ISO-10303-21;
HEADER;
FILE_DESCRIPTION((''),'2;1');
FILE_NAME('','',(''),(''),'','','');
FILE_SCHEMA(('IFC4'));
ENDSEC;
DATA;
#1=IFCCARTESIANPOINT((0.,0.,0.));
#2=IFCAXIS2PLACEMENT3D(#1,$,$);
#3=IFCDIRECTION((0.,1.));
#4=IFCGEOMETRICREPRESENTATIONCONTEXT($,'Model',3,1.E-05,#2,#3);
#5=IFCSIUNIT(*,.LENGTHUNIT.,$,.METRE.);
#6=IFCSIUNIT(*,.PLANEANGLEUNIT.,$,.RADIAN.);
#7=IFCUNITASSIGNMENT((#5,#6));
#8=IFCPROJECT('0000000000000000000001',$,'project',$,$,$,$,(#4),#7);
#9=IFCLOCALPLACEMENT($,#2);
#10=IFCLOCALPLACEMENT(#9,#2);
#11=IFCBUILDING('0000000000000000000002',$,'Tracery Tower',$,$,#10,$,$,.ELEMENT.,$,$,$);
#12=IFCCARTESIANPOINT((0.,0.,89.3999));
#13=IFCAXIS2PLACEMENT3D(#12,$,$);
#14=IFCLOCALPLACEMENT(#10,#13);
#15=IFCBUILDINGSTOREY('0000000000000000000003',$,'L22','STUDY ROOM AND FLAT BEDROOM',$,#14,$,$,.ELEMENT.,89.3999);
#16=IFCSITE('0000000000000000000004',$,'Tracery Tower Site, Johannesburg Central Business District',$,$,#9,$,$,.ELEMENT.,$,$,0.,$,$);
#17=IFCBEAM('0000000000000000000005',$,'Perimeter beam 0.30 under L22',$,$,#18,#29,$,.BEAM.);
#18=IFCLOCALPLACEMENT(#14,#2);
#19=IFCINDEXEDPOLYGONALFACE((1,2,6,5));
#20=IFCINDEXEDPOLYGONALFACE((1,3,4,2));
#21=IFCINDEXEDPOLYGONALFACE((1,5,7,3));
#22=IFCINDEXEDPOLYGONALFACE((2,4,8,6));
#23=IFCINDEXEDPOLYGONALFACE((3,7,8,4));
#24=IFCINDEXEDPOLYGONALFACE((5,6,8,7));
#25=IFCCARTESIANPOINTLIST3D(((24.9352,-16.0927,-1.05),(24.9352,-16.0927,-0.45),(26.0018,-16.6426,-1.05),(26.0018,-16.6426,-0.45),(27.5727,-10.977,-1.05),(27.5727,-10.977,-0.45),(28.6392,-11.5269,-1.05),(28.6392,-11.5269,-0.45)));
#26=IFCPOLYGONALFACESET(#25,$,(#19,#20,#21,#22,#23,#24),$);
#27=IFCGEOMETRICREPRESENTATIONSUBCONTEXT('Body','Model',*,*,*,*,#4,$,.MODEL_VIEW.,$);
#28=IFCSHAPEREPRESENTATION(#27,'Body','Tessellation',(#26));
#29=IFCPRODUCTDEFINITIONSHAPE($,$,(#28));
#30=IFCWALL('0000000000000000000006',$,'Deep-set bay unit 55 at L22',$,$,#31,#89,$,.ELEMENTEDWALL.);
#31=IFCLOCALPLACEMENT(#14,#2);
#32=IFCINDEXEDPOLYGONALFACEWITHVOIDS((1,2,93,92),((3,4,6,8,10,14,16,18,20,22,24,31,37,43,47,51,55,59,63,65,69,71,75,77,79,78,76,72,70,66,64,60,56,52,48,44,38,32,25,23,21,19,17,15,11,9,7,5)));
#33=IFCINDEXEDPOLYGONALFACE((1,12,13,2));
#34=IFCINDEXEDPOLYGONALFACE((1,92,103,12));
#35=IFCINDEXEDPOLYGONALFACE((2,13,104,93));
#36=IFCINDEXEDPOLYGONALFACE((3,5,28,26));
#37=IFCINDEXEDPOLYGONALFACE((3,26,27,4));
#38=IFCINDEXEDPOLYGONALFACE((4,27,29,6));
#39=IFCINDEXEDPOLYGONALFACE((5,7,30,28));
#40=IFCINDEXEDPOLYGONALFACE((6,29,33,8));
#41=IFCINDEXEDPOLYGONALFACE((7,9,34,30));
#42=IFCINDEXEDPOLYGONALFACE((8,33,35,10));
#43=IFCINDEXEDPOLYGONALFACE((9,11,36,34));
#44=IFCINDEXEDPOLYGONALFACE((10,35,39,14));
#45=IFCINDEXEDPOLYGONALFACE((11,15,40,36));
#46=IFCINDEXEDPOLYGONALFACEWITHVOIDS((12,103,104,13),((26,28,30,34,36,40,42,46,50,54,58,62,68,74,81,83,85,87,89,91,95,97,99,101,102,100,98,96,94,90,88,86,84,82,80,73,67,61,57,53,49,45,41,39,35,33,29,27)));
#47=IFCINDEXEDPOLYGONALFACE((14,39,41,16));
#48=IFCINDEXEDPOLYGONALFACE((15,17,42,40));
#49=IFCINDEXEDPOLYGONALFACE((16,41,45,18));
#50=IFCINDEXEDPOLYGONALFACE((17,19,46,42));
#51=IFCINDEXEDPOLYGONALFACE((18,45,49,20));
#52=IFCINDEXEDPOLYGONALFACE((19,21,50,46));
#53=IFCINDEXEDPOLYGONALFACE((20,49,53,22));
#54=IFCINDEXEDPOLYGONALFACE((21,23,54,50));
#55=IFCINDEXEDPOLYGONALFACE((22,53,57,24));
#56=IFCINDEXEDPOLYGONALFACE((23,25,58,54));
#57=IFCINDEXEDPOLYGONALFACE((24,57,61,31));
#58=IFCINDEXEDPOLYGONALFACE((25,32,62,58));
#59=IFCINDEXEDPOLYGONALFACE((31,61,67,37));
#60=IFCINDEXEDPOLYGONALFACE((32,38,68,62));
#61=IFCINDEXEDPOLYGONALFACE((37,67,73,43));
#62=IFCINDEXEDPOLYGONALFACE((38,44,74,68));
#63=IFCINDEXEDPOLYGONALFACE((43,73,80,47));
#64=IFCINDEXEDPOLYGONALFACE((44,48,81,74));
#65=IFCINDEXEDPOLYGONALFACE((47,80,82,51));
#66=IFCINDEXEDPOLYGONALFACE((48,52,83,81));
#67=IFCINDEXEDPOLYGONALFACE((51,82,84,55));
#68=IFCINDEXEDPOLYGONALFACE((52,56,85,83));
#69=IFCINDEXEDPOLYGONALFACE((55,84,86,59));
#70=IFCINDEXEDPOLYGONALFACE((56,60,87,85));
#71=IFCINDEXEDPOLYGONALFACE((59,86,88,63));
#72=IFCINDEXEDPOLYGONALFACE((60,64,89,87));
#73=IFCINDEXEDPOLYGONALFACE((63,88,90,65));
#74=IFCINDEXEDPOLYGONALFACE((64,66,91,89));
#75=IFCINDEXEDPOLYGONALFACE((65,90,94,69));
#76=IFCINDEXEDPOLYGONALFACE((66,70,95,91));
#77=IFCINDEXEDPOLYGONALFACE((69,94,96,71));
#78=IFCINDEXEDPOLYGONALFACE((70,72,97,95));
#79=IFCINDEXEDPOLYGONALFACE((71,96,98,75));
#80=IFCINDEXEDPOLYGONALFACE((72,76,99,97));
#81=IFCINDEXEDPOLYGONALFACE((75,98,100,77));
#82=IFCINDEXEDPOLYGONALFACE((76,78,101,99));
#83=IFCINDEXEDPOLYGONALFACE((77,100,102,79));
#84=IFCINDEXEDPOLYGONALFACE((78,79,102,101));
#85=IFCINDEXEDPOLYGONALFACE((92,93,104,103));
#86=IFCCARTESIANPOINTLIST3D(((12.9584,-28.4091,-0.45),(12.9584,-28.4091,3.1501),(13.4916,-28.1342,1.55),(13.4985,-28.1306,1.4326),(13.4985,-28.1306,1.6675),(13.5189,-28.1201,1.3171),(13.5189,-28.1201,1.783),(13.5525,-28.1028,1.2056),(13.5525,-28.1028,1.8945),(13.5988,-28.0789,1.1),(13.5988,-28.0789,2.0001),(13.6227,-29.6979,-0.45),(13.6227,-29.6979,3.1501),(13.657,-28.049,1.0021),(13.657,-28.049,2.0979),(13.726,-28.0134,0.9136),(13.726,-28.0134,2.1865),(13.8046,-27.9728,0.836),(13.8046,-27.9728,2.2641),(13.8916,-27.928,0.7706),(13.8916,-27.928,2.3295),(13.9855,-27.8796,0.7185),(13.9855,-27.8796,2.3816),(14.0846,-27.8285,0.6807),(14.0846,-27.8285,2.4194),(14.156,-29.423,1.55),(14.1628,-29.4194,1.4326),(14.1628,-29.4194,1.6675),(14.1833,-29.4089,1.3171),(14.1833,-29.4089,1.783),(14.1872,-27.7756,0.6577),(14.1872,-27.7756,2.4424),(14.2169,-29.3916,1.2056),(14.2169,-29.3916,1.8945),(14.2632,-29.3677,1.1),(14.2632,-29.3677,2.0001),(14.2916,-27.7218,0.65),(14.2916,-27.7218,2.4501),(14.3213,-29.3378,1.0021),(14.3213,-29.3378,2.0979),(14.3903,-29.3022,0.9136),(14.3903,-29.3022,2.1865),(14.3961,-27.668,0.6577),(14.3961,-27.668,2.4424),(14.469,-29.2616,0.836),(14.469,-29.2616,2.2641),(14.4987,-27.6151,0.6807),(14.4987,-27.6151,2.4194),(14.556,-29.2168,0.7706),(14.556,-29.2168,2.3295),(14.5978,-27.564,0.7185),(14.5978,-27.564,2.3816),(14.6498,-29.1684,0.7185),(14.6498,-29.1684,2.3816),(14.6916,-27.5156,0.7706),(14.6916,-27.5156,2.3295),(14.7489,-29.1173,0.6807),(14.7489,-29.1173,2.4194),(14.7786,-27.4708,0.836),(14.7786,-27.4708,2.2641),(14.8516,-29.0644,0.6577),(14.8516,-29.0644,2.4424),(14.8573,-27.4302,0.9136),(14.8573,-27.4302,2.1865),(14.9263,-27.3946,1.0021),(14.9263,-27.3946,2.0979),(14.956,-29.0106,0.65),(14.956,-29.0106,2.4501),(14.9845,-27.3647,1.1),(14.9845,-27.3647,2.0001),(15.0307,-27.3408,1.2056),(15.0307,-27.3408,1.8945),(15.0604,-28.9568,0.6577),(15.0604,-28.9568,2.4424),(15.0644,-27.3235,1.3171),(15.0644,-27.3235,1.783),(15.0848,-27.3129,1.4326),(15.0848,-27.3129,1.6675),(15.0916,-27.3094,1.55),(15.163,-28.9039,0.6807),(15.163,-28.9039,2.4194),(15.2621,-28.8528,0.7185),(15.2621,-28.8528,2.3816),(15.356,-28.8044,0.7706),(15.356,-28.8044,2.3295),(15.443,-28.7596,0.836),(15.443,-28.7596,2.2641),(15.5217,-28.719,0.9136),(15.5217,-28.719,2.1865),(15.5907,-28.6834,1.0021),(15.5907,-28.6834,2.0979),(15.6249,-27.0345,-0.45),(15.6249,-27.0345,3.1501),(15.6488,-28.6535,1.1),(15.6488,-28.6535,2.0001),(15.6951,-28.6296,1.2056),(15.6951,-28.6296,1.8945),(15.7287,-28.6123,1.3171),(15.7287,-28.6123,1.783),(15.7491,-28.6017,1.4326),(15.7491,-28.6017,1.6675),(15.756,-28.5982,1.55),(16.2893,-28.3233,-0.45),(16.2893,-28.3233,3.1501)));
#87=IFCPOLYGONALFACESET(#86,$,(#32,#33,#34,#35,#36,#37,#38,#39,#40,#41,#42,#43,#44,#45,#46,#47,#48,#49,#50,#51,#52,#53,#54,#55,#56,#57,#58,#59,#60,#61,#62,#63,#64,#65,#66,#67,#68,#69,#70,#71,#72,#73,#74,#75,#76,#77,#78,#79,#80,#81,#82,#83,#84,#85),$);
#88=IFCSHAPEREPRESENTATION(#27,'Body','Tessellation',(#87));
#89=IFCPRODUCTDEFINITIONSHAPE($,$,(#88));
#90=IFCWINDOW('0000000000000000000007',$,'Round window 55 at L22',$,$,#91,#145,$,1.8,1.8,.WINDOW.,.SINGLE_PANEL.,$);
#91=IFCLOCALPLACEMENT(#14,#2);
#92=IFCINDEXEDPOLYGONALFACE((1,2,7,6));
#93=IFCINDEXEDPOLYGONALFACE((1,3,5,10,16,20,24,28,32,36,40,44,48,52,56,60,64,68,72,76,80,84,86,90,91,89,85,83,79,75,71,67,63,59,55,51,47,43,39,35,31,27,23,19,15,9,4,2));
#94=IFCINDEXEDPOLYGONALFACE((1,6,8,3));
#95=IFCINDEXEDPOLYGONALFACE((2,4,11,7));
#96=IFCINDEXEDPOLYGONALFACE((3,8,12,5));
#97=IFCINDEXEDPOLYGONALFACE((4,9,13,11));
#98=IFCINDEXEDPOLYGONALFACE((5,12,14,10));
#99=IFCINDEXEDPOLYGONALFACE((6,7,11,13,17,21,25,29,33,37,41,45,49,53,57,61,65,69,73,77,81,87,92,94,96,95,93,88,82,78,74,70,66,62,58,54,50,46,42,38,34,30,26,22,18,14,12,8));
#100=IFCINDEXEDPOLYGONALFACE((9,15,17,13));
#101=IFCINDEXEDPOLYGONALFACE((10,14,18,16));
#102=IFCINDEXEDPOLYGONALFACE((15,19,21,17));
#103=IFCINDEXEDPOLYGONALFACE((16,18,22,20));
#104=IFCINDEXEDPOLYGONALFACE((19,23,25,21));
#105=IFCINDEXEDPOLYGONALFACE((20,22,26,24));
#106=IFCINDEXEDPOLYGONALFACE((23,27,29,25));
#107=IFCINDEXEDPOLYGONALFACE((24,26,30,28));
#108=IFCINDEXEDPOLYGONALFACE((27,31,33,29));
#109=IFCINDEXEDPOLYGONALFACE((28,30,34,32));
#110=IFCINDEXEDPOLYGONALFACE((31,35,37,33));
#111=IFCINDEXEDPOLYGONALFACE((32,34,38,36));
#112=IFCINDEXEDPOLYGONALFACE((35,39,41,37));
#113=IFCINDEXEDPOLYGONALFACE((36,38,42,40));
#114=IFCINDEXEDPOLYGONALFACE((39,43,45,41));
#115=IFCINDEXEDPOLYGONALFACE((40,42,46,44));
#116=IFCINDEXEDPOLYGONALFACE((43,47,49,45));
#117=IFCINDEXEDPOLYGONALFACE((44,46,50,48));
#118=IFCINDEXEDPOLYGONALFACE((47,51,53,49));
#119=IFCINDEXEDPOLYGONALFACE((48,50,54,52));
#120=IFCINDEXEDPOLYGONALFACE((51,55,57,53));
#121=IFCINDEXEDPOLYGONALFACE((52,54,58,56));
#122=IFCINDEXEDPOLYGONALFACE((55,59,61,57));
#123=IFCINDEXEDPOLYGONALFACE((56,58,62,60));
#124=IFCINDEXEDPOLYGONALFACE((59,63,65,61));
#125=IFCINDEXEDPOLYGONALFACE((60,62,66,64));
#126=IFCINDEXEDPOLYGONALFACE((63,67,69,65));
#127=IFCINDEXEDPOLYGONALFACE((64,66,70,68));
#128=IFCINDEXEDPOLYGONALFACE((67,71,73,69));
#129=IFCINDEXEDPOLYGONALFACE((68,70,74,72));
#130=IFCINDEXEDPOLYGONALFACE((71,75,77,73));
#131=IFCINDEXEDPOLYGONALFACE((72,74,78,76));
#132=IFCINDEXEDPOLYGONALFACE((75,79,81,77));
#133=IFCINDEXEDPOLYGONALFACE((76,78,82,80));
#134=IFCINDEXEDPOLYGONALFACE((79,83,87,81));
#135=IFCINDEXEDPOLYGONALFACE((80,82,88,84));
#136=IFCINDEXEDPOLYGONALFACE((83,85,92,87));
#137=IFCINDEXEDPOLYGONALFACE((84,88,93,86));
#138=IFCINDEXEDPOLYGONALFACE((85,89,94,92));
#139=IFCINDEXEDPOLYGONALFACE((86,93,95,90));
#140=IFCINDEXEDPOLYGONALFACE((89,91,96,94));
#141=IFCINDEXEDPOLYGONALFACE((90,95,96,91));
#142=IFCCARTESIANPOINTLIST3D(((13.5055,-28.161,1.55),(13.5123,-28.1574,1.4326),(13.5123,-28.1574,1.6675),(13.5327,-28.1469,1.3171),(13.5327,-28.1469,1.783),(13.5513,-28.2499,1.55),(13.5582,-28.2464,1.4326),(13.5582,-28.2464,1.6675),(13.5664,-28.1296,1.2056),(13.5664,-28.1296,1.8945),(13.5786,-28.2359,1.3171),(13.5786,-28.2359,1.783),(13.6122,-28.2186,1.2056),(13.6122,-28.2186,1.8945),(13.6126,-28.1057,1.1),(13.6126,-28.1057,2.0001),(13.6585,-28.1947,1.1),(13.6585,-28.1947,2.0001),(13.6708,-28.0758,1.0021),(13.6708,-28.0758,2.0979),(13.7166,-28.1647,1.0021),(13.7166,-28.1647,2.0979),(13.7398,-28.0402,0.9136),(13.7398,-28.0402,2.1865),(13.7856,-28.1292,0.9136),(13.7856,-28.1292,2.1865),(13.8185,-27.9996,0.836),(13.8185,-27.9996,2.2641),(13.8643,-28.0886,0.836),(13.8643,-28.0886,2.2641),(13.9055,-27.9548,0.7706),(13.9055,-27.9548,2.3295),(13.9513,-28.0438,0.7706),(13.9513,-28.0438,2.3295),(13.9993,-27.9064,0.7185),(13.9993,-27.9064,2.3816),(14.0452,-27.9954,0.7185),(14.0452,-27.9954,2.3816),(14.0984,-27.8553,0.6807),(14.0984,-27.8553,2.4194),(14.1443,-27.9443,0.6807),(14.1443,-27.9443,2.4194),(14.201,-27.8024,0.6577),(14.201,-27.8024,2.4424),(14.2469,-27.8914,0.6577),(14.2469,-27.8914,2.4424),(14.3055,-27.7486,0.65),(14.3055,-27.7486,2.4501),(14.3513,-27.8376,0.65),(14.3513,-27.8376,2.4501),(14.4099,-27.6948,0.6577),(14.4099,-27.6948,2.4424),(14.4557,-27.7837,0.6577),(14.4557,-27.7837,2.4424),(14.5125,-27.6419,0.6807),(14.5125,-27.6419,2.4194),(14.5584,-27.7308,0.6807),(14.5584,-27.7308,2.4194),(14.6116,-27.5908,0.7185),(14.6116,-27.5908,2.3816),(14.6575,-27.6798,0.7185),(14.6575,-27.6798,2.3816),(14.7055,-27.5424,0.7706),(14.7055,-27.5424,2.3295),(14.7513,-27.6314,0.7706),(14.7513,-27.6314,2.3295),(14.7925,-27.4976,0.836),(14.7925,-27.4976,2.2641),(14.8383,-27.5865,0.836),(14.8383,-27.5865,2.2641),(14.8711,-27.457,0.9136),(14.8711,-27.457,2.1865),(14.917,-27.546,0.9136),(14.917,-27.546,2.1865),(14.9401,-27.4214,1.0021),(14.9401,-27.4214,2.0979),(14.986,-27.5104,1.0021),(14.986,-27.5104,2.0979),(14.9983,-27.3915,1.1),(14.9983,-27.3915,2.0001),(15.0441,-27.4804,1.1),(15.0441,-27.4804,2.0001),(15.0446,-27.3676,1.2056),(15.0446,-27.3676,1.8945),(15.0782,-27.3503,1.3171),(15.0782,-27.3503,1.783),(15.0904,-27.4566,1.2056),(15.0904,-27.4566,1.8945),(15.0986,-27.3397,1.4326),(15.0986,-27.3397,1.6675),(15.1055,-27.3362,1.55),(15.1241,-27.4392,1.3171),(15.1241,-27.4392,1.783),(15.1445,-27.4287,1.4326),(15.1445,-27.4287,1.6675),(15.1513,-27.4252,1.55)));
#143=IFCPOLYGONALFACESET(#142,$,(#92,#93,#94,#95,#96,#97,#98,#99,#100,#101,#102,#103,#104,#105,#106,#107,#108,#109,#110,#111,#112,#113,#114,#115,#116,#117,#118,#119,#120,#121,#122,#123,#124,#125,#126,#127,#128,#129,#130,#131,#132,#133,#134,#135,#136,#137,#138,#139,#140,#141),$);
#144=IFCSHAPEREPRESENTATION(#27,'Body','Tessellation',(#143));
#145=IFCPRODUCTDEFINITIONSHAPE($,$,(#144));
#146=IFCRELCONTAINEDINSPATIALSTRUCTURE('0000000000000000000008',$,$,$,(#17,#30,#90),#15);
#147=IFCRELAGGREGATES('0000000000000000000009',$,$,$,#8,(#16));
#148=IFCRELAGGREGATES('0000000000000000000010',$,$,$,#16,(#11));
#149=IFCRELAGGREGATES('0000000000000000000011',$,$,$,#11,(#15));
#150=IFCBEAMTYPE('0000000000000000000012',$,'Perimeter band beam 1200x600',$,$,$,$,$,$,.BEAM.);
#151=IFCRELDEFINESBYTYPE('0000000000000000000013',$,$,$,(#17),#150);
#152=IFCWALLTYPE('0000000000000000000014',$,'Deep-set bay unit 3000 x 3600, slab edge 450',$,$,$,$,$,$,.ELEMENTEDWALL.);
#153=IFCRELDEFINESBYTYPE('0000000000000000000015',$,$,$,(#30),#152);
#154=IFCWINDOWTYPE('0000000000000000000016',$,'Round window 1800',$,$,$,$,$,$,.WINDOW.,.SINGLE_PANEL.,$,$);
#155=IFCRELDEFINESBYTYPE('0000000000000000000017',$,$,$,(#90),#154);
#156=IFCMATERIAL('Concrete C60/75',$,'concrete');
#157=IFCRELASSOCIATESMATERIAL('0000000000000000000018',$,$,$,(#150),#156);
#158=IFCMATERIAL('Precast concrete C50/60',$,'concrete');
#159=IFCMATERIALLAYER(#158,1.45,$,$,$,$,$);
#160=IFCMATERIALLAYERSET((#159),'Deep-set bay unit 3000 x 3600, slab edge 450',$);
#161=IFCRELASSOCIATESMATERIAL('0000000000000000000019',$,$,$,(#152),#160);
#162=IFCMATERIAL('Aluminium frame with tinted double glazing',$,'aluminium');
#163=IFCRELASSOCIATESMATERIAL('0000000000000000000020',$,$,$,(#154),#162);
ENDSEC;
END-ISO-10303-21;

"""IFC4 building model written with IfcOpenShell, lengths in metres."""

from ifc_helpers import new_model, si_unit, direction, frame, frame_2d, origin, origin_2d, place, context, subcontext, project, spatial, rectangle, circle, extrude, material, layer, layer_set, material_profile, profile_set, type_object, element, fill, save


model = new_model("IFC4")

# Units and contexts
model_context = context("Model", 3, precision=1e-05, world=origin(), true_north=direction((0.0, 1.0)))
body_context = subcontext(model_context, "Body", "Model", "MODEL_VIEW")
ifc_project = project(units=[si_unit("LENGTHUNIT", "METRE"), si_unit("PLANEANGLEUNIT", "RADIAN")], contexts=[model_context])

# Site, building, storey
site_placement = place(None, origin())
site = spatial("IfcSite", under=ifc_project, at=site_placement, Name="Tracery Tower Site, Johannesburg Central Business District", CompositionType="ELEMENT", RefElevation=0.0)
building_placement = place(site_placement, origin())
building = spatial("IfcBuilding", under=site, at=building_placement, Name="Tracery Tower", CompositionType="ELEMENT")
storey_placement = place(building_placement, frame((0.0, 0.0, 89.3999)))
storey = spatial("IfcBuildingStorey", under=building, at=storey_placement, Name="L22", Description="STUDY ROOM AND FLAT BEDROOM", CompositionType="ELEMENT", Elevation=89.3999)

# Beam
ifc_material_1 = material(Name="Concrete C60/75", Category="concrete")
ifc_material_profile_1 = material_profile(ifc_material_1, rectangle(XDim=1.2, YDim=0.6001, at=origin_2d()), Name="RC 1200x600")
ifc_profile_set_1 = profile_set([ifc_material_profile_1], Name="Concrete C60/75")
beam_type = type_object("IfcBeamType", Name="Perimeter band beam 1200x600", PredefinedType="BEAM", material=ifc_profile_set_1)
beam_1_placement = place(storey_placement, frame((25.4685, -16.3677, -0.75), z_axis=(0.458242, 0.888827, 0.0), x_axis=(-0.888827, 0.458242, 0.0)))
element("IfcBeam", 1, at=beam_1_placement, inside=storey, type_object=beam_type, Name="Perimeter beam 0.30 under L22", PredefinedType="BEAM", context=body_context, shape_type="SweptSolid", body=[
    extrude(rectangle(XDim=1.2, YDim=0.6001, at=origin_2d()), origin(), (0.0, 0.0, 1.0), 5.7556),
])

# Wall, opening, window
ifc_material_2 = material(Name="Precast concrete C50/60", Category="concrete")
ifc_layer_1 = layer(ifc_material_2, 1.45)
ifc_layer_set_1 = layer_set([ifc_layer_1], Name="Deep-set bay unit 3000 x 3600, slab edge 450")
wall_type_1 = type_object("IfcWallType", Name="Deep-set bay unit 3000 x 3600, slab edge 450", PredefinedType="ELEMENTEDWALL", material=ifc_layer_set_1)
wall_1_placement = place(storey_placement, frame((13.2905, -29.0535, -0.45), z_axis=(0.0, 0.0, 1.0), x_axis=(0.888858, 0.458183, 0.0)))
wall_1 = element("IfcWall", 2, at=wall_1_placement, inside=storey, type_object=wall_type_1, Name="Deep-set bay unit 55 at L22", PredefinedType="ELEMENTEDWALL", context=body_context, shape_type="SweptSolid", body=[
    extrude(rectangle(XDim=3.0, YDim=1.45, at=frame_2d((1.5, 0.0))), origin(), (0.0, 0.0, 1.0), 3.6001),
])
opening_1_placement = place(wall_1_placement, frame((1.5, 0.0, 2.0)))
opening_1 = element("IfcOpeningElement", 3, at=opening_1_placement, cuts=wall_1, PredefinedType="OPENING", context=body_context, shape_type="SweptSolid", body=[
    extrude(circle(Radius=0.9, at=origin_2d()), frame((0.0, 0.7349, 0.0), z_axis=(0.0, -1.0, 0.0), x_axis=(1.0, 0.0, 0.0)), (0.0, 0.0, 1.0), 1.47),
])
ifc_material_3 = material(Name="Aluminium frame with tinted double glazing", Category="aluminium")
window_type = type_object("IfcWindowType", Name="Round window 1800", PartitioningType="SINGLE_PANEL", PredefinedType="WINDOW", material=ifc_material_3)
window_1_placement = place(opening_1_placement, origin())
window_1 = element("IfcWindow", 4, at=window_1_placement, inside=storey, type_object=window_type, Name="Round window 55 at L22", OverallHeight=1.8, OverallWidth=1.8, PartitioningType="SINGLE_PANEL", PredefinedType="WINDOW", context=body_context, shape_type="SweptSolid", body=[
    extrude(circle(Radius=0.9, at=origin_2d()), frame((0.0, 0.6948, 0.0), z_axis=(0.0, -1.0, 0.0), x_axis=(1.0, 0.0, 0.0)), (0.0, 0.0, 1.0), 0.1001),
])
fill(opening_1, window_1)

save(model, "model.ifc")
